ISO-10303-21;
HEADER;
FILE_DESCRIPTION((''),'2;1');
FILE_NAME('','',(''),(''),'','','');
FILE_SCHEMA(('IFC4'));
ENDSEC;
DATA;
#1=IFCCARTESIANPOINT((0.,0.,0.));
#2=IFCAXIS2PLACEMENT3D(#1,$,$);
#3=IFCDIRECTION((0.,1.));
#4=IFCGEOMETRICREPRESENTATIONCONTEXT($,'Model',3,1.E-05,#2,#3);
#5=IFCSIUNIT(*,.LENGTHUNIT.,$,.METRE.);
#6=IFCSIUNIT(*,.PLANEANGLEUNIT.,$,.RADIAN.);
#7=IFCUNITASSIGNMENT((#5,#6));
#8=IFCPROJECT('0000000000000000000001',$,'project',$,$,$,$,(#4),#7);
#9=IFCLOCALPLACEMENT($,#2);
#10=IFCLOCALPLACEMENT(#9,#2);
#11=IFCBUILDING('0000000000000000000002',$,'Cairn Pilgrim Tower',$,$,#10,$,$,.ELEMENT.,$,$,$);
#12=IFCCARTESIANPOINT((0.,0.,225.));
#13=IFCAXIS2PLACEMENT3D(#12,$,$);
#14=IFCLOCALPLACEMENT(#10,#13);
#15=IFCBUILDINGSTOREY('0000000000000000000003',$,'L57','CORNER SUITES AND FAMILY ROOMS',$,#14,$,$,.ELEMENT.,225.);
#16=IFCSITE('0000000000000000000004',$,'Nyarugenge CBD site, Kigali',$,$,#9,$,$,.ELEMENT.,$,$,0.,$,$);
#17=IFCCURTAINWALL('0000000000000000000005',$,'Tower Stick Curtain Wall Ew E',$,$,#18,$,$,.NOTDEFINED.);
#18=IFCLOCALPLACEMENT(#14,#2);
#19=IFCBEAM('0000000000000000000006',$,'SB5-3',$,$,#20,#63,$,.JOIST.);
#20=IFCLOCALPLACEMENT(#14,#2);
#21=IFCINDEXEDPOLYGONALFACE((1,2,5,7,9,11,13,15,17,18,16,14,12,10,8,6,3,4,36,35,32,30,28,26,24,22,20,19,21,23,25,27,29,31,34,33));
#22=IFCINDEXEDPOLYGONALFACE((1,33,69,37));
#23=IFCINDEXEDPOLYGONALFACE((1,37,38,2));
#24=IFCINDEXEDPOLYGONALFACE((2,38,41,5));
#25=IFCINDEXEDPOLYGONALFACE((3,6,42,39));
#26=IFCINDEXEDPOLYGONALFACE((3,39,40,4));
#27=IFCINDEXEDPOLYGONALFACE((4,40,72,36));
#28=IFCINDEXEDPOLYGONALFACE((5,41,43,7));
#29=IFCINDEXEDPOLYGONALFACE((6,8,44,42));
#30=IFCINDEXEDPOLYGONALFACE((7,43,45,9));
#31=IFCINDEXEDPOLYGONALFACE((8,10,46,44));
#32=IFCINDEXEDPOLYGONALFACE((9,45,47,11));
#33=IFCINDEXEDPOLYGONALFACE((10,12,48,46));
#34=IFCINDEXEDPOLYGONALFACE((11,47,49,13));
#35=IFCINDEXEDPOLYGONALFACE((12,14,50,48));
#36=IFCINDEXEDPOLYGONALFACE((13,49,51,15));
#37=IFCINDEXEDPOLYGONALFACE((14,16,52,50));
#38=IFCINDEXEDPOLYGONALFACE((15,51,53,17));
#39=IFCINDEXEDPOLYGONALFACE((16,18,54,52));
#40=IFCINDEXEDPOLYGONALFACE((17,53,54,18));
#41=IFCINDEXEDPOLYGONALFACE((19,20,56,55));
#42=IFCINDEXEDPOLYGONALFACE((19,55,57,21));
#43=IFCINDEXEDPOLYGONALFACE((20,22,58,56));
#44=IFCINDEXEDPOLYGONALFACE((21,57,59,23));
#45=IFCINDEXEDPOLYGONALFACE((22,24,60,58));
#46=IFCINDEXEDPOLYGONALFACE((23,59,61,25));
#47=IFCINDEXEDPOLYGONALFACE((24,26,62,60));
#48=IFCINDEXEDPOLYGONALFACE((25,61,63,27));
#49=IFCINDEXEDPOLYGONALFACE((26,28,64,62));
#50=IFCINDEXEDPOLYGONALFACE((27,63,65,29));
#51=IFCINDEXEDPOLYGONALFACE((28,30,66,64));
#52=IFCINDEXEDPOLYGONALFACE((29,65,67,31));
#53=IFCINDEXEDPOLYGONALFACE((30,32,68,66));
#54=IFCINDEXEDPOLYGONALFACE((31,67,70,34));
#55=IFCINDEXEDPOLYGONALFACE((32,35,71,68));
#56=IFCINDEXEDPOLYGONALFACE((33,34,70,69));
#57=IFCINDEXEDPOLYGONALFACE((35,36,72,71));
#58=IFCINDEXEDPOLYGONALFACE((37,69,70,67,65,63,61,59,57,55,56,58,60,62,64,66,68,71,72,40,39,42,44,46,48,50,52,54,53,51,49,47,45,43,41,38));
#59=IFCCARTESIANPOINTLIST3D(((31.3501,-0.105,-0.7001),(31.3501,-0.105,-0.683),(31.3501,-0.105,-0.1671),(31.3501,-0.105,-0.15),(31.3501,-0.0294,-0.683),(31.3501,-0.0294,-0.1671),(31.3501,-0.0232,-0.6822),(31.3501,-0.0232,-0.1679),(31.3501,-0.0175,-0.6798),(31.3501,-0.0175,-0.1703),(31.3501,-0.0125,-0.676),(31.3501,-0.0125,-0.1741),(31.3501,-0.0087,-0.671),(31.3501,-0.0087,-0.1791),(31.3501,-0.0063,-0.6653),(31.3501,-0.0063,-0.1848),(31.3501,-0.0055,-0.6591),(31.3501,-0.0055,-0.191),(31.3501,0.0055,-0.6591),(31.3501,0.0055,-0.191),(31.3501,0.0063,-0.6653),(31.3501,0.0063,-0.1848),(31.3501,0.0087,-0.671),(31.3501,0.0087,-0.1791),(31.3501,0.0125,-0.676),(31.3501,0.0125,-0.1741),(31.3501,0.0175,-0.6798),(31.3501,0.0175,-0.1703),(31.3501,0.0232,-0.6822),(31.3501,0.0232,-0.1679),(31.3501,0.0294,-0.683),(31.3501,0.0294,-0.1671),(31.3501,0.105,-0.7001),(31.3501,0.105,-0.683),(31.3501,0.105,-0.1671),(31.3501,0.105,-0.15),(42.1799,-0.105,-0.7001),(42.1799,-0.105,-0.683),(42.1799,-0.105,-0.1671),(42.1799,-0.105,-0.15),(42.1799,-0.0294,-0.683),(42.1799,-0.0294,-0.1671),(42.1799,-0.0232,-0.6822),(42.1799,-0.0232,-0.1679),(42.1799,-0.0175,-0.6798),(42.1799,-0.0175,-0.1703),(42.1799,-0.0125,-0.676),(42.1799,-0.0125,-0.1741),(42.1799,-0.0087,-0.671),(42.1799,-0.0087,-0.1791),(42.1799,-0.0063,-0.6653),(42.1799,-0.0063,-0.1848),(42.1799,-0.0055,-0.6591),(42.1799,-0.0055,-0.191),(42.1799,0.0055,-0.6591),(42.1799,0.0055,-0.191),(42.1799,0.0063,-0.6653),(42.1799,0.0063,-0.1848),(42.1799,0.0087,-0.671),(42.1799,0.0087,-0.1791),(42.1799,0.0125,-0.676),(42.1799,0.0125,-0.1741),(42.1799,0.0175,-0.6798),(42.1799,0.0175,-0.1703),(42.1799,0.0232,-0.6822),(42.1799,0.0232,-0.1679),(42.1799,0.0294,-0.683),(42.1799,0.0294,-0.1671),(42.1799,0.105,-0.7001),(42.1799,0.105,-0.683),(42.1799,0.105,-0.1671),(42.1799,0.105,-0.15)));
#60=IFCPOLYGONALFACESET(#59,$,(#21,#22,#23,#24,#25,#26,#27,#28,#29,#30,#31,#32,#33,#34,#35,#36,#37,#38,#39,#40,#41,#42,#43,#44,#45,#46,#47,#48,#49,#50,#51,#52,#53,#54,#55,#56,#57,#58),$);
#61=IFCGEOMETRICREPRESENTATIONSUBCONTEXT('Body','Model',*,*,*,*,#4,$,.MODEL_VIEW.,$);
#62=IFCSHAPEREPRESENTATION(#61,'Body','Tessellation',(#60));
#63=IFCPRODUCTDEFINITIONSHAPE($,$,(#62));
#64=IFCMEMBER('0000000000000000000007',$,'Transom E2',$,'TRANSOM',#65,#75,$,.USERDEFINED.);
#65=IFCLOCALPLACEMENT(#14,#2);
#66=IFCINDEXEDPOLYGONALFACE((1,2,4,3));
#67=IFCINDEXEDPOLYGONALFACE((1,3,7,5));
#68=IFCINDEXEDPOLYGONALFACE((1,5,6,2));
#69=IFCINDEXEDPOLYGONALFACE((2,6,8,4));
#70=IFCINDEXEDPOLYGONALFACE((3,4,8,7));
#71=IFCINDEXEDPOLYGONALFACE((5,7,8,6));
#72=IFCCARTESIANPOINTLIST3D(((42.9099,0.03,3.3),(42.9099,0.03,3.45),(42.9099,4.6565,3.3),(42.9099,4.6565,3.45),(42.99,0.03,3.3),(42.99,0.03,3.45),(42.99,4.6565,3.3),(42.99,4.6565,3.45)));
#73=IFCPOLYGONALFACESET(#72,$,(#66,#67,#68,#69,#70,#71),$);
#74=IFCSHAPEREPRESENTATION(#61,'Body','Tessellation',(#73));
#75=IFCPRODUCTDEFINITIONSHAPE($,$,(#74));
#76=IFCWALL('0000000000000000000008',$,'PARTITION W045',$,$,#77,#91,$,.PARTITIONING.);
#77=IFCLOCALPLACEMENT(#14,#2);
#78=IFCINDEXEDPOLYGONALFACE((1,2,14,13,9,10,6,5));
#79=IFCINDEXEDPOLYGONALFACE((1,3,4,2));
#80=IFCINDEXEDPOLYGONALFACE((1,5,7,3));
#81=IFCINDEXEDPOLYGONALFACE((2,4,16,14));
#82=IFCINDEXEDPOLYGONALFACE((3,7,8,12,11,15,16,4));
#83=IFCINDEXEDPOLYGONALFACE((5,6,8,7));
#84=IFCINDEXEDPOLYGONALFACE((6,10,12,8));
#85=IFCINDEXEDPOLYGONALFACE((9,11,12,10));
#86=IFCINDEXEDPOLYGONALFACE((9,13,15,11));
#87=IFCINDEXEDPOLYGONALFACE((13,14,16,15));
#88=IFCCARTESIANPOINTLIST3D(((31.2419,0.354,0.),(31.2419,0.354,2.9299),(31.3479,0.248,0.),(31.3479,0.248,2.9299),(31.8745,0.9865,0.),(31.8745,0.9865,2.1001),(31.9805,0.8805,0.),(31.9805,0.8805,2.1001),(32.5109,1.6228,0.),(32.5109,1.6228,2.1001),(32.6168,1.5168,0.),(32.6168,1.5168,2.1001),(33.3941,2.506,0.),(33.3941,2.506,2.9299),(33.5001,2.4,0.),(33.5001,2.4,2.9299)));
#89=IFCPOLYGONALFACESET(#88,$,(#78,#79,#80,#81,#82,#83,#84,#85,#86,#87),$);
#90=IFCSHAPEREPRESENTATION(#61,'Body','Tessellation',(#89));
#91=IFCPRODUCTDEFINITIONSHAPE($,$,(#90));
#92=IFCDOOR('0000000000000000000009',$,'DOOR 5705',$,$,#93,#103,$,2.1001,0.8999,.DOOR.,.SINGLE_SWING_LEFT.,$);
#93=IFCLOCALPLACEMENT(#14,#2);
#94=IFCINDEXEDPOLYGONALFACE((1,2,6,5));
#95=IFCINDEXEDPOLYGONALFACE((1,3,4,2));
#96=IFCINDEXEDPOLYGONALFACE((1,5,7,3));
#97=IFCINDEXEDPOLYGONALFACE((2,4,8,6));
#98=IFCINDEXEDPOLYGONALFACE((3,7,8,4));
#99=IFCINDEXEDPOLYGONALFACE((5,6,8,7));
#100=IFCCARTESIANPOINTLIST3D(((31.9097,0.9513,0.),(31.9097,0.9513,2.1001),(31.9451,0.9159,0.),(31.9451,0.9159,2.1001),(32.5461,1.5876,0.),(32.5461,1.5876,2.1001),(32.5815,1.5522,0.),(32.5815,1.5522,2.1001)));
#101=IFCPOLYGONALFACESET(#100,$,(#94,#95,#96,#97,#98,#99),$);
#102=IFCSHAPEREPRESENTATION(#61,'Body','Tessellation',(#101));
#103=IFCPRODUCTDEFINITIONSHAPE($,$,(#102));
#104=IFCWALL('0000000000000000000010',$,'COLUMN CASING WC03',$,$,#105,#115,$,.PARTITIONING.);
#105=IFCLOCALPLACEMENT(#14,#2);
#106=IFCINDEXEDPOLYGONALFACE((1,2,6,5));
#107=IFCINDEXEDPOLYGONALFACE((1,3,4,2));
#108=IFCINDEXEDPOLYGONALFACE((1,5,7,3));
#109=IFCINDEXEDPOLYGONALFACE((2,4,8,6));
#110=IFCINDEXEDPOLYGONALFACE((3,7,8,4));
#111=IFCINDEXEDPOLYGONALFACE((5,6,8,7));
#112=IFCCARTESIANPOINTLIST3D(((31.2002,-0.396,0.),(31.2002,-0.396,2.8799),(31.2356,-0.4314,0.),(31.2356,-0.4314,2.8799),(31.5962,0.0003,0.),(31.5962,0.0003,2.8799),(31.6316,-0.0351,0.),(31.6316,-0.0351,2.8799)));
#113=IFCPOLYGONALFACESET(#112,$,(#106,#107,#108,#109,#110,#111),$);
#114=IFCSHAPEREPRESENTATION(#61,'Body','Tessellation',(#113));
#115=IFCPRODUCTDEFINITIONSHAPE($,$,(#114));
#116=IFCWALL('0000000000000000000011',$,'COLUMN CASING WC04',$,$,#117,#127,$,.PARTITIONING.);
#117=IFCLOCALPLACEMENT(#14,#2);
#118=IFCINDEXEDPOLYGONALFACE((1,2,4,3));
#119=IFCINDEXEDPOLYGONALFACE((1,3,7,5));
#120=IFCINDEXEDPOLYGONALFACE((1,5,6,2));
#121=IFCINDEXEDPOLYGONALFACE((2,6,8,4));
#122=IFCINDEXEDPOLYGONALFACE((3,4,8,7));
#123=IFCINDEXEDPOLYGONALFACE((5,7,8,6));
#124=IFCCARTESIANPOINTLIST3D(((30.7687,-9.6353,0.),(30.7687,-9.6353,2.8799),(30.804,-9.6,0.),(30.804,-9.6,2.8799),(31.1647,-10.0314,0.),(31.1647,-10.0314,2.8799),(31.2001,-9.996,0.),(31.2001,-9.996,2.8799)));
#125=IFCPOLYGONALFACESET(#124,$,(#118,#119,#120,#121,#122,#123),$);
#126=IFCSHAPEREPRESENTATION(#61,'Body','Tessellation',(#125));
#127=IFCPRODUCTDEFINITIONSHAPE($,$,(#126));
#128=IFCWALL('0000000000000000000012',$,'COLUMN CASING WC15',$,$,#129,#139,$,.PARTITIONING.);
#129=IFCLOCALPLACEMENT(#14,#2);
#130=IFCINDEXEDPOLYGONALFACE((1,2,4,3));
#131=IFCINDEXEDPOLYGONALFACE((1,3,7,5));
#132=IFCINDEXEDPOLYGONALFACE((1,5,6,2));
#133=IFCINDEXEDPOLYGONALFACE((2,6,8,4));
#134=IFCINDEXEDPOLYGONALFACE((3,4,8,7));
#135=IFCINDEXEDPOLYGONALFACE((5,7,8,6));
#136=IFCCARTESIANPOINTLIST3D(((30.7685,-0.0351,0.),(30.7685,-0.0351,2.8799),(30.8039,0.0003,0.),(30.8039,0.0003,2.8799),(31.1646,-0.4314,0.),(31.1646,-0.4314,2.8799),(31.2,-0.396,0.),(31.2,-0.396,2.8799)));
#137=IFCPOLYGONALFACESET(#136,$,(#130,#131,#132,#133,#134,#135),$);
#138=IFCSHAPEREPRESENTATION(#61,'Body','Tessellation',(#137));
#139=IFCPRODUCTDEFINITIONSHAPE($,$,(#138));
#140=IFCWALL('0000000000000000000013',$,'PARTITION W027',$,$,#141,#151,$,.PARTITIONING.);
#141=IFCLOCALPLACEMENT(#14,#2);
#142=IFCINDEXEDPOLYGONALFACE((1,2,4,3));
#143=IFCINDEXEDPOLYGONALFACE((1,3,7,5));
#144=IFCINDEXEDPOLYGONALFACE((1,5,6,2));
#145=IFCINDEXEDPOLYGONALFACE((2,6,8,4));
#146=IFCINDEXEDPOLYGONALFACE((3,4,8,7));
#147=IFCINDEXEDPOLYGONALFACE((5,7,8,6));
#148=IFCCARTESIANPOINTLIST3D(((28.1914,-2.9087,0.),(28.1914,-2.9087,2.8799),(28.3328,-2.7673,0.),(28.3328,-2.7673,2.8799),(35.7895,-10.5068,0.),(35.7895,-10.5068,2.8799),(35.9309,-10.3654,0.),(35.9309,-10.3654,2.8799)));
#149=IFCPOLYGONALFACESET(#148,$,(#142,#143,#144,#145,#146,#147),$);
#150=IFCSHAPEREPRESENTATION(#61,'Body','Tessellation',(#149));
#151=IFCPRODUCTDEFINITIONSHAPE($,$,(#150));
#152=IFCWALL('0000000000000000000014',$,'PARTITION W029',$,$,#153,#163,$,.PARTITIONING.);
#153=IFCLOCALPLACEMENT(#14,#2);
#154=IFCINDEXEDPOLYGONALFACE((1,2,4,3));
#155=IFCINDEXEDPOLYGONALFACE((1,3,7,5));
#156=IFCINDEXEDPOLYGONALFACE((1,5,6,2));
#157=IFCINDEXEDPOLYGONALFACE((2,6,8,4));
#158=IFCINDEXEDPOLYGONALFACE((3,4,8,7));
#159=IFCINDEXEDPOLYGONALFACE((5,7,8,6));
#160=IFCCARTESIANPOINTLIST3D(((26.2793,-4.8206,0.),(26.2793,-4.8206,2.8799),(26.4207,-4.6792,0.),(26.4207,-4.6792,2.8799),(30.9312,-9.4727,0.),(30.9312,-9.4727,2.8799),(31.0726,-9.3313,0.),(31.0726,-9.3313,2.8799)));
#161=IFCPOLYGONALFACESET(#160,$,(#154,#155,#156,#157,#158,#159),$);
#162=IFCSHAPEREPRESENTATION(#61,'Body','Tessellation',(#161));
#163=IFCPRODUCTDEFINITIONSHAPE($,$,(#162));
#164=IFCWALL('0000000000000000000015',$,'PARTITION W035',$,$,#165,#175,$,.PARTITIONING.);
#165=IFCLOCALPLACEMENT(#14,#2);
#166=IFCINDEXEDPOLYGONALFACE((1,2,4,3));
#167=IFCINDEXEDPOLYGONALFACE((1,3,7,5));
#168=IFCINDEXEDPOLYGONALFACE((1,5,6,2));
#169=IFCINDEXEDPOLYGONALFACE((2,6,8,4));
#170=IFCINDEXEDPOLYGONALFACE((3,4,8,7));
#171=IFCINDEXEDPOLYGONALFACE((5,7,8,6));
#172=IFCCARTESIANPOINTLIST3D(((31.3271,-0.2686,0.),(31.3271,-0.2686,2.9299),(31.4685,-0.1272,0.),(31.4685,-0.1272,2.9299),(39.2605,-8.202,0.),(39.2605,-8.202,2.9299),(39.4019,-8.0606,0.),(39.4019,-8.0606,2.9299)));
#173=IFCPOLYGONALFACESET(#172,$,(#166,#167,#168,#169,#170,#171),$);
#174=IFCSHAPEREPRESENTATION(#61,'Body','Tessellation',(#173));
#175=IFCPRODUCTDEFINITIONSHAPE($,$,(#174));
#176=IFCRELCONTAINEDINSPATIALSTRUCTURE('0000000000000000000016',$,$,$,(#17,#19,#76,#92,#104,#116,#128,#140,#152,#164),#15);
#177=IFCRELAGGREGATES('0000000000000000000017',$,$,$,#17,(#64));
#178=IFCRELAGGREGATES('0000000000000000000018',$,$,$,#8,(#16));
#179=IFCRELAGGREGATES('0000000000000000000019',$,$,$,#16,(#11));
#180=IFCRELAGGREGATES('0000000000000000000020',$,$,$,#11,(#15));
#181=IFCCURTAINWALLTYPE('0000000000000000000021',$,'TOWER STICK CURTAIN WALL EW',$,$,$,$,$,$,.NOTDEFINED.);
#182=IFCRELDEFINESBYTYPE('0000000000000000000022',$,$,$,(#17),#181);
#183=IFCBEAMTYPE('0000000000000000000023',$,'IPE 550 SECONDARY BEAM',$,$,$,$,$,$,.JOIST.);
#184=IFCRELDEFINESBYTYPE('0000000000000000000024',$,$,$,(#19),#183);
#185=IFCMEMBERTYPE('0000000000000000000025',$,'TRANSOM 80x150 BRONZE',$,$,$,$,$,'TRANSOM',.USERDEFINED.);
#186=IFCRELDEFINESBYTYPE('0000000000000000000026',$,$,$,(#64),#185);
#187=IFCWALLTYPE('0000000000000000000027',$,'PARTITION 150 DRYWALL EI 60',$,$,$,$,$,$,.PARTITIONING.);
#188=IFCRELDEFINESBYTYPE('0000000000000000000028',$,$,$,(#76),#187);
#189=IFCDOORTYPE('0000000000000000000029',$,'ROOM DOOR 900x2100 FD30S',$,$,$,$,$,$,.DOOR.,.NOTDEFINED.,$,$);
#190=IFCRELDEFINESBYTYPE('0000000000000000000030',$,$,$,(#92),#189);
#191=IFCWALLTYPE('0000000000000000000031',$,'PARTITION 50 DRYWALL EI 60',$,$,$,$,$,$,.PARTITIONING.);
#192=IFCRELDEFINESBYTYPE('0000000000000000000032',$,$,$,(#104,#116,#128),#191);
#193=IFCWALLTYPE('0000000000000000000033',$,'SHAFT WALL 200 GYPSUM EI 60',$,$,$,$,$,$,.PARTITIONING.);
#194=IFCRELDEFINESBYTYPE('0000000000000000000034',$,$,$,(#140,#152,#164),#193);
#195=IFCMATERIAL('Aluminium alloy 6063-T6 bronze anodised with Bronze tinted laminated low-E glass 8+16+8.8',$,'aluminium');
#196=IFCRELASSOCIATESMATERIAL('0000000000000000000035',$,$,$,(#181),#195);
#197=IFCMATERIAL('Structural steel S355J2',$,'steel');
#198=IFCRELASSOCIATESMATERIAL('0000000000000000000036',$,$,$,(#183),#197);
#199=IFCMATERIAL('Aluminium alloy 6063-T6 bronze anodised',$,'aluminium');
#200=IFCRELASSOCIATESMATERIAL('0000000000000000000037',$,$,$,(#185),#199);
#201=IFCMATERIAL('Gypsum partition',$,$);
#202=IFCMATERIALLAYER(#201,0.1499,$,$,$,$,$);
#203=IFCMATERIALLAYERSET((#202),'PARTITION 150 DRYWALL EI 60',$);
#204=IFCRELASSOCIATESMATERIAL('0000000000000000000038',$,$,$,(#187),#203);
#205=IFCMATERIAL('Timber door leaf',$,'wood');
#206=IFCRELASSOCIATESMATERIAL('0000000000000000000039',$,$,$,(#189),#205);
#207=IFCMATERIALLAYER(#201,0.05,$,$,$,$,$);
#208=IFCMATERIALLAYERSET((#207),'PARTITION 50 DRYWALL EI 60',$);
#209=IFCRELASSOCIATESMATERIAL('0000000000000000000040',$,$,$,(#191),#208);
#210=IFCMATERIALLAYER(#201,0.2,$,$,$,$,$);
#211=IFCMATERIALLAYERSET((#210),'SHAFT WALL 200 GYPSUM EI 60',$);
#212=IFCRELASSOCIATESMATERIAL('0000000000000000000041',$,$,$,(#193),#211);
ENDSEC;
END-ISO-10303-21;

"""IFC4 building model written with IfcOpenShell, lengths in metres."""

from ifc_helpers import new_model, si_unit, direction, frame, frame_2d, origin, origin_2d, place, context, subcontext, project, spatial, rectangle, i_section, extrude, material, layer, layer_set, material_profile, profile_set, type_object, element, fill, aggregate, save


model = new_model("IFC4")

# Units and contexts
model_context = context("Model", 3, precision=1e-05, world=origin(), true_north=direction((0.0, 1.0)))
body_context = subcontext(model_context, "Body", "Model", "MODEL_VIEW")
ifc_project = project(units=[si_unit("LENGTHUNIT", "METRE"), si_unit("PLANEANGLEUNIT", "RADIAN")], contexts=[model_context])

# Site, building, storey
site_placement = place(None, origin())
site = spatial("IfcSite", under=ifc_project, at=site_placement, Name="Nyarugenge CBD site, Kigali", CompositionType="ELEMENT", RefElevation=0.0)
building_placement = place(site_placement, origin())
building = spatial("IfcBuilding", under=site, at=building_placement, Name="Cairn Pilgrim Tower", CompositionType="ELEMENT")
storey_placement = place(building_placement, frame((0.0, 0.0, 225.0)))
storey = spatial("IfcBuildingStorey", under=building, at=storey_placement, Name="L57", Description="CORNER SUITES AND FAMILY ROOMS", CompositionType="ELEMENT", Elevation=225.0)

# Shared definitions
ifc_material_1 = material(Name="Structural steel S355J2", Category="steel")

# Shared definitions
ifc_material_2 = material(Name="Aluminium alloy 6063-T6 bronze anodised with Bronze tinted laminated low-E glass 8+16+8.8", Category="aluminium")
ifc_material_3 = material(Name="Aluminium alloy 6063-T6 bronze anodised", Category="aluminium")

# Curtain wall
curtain_wall_type_1 = type_object("IfcCurtainWallType", Name="TOWER STICK CURTAIN WALL EW", PredefinedType="NOTDEFINED", material=ifc_material_2)
curtain_wall_1_placement = place(storey_placement, origin())
curtain_wall_1 = element("IfcCurtainWall", 1, at=curtain_wall_1_placement, inside=storey, type_object=curtain_wall_type_1, Name="Tower Stick Curtain Wall Ew E", PredefinedType="NOTDEFINED")

# Beam
ifc_material_profile_1 = material_profile(ifc_material_1, i_section(OverallWidth=0.21, OverallDepth=0.55, WebThickness=0.011, FlangeThickness=0.0171, FilletRadius=0.0239, at=origin_2d()), Name="IPE 550")
ifc_profile_set_1 = profile_set([ifc_material_profile_1], Name="Structural steel S355J2")
beam_type_1 = type_object("IfcBeamType", Name="IPE 550 SECONDARY BEAM", PredefinedType="JOIST", material=ifc_profile_set_1)
beam_1_placement = place(storey_placement, frame((31.3501, 0.0, -0.425), z_axis=(1.0, 0.0, 0.0), x_axis=(0.0, 1.0, 0.0)))
element("IfcBeam", 2, at=beam_1_placement, inside=storey, type_object=beam_type_1, Name="SB5-3", PredefinedType="JOIST", context=body_context, shape_type="SweptSolid", body=[
    extrude(i_section(OverallWidth=0.21, OverallDepth=0.55, WebThickness=0.011, FlangeThickness=0.0171, FilletRadius=0.0239, at=origin_2d()), origin(), (0.0, 0.0, 1.0), 10.8298),
])

# Member
ifc_material_profile_2 = material_profile(ifc_material_3, rectangle(XDim=0.0801, YDim=0.1499, at=origin_2d()), Name="TRANSOM 80x150 BRONZE")
ifc_profile_set_2 = profile_set([ifc_material_profile_2], Name="Aluminium alloy 6063-T6 bronze anodised")
member_type_1 = type_object("IfcMemberType", Name="TRANSOM 80x150 BRONZE", ElementType="TRANSOM", PredefinedType="USERDEFINED", material=ifc_profile_set_2)
member_1_placement = place(storey_placement, frame((42.95, 0.03, 3.375), z_axis=(0.0, 1.0, 0.0), x_axis=(-1.0, 0.0, 0.0)))
member_1 = element("IfcMember", 3, at=member_1_placement, type_object=member_type_1, Name="Transom E2", ObjectType="TRANSOM", PredefinedType="USERDEFINED", context=body_context, shape_type="SweptSolid", body=[
    extrude(rectangle(XDim=0.0801, YDim=0.1499, at=origin_2d()), origin(), (0.0, 0.0, 1.0), 4.6265),
])
aggregate(curtain_wall_1, [member_1])

# Wall, opening, door
ifc_material_4 = material(Name="Gypsum partition")
ifc_layer_1 = layer(ifc_material_4, 0.1499)
ifc_layer_set_1 = layer_set([ifc_layer_1], Name="PARTITION 150 DRYWALL EI 60")
wall_type_1 = type_object("IfcWallType", Name="PARTITION 150 DRYWALL EI 60", PredefinedType="PARTITIONING", material=ifc_layer_set_1)
wall_1_placement = place(storey_placement, frame((31.2949, 0.301, 0.0), z_axis=(0.0, 0.0, 1.0), x_axis=(0.707147, 0.707067, 0.0)))
wall_1 = element("IfcWall", 4, at=wall_1_placement, inside=storey, type_object=wall_type_1, Name="PARTITION W045", PredefinedType="PARTITIONING", context=body_context, shape_type="SweptSolid", body=[
    extrude(rectangle(XDim=3.0435, YDim=0.1499, at=frame_2d((1.5217, 0.0))), origin(), (0.0, 0.0, 1.0), 2.9299),
])
opening_1_placement = place(wall_1_placement, frame((0.8945, 0.0, 0.0)))
opening_1 = element("IfcOpeningElement", 5, at=opening_1_placement, cuts=wall_1, PredefinedType="OPENING", context=body_context, shape_type="SweptSolid", body=[
    extrude(rectangle(XDim=0.8999, YDim=2.1001, at=frame_2d((0.45, 1.05))), frame((0.0, 0.085, 0.0), z_axis=(0.0, -1.0, 0.0), x_axis=(1.0, 0.0, 0.0)), (0.0, 0.0, 1.0), 0.1699),
])
ifc_material_5 = material(Name="Timber door leaf", Category="wood")
door_type_1 = type_object("IfcDoorType", Name="ROOM DOOR 900x2100 FD30S", OperationType="NOTDEFINED", PredefinedType="DOOR", material=ifc_material_5)
door_1_placement = place(opening_1_placement, frame((0.8999, 0.0, 0.0), z_axis=(0.0, 0.0, 1.0), x_axis=(-1.0, 0.0, 0.0)))
door_1 = element("IfcDoor", 6, at=door_1_placement, inside=storey, type_object=door_type_1, Name="DOOR 5705", OperationType="SINGLE_SWING_LEFT", OverallHeight=2.1001, OverallWidth=0.8999, PredefinedType="DOOR", context=body_context, shape_type="SweptSolid", body=[
    extrude(rectangle(XDim=0.8999, YDim=2.1001, at=frame_2d((0.45, 1.05))), frame((0.0, 0.0249, 0.0), z_axis=(0.0, -1.0, 0.0), x_axis=(1.0, 0.0, 0.0)), (0.0, 0.0, 1.0), 0.05),
])
fill(opening_1, door_1)

# Walls
ifc_layer_2 = layer(ifc_material_4, 0.05)
ifc_layer_set_2 = layer_set([ifc_layer_2], Name="PARTITION 50 DRYWALL EI 60")
wall_type_2 = type_object("IfcWallType", Name="PARTITION 50 DRYWALL EI 60", PredefinedType="PARTITIONING", material=ifc_layer_set_2)
wall_2_placement = place(storey_placement, frame((31.2178, -0.4138, 0.0), z_axis=(0.0, 0.0, 1.0), x_axis=(0.706889, 0.707325, 0.0)))
element("IfcWall", 7, at=wall_2_placement, inside=storey, type_object=wall_type_2, Name="COLUMN CASING WC03", PredefinedType="PARTITIONING", context=body_context, shape_type="SweptSolid", body=[
    extrude(rectangle(XDim=0.5603, YDim=0.05, at=frame_2d((0.2803, 0.0))), origin(), (0.0, 0.0, 1.0), 2.8799),
])
wall_3_placement = place(storey_placement, frame((31.1824, -10.0137, 0.0), z_axis=(0.0, 0.0, 1.0), x_axis=(-0.707107, 0.707107, 0.0)))
element("IfcWall", 8, at=wall_3_placement, inside=storey, type_object=wall_type_2, Name="COLUMN CASING WC04", PredefinedType="PARTITIONING", context=body_context, shape_type="SweptSolid", body=[
    extrude(rectangle(XDim=0.5601, YDim=0.05, at=frame_2d((0.28, 0.0))), origin(), (0.0, 0.0, 1.0), 2.8799),
])
wall_4_placement = place(storey_placement, frame((31.1824, -0.4138, 0.0), z_axis=(0.0, 0.0, 1.0), x_axis=(-0.706889, 0.707325, 0.0)))
element("IfcWall", 9, at=wall_4_placement, inside=storey, type_object=wall_type_2, Name="COLUMN CASING WC15", PredefinedType="PARTITIONING", context=body_context, shape_type="SweptSolid", body=[
    extrude(rectangle(XDim=0.5603, YDim=0.05, at=frame_2d((0.2803, 0.0))), origin(), (0.0, 0.0, 1.0), 2.8799),
])
ifc_layer_3 = layer(ifc_material_4, 0.2)
ifc_layer_set_3 = layer_set([ifc_layer_3], Name="SHAFT WALL 200 GYPSUM EI 60")
wall_type_3 = type_object("IfcWallType", Name="SHAFT WALL 200 GYPSUM EI 60", PredefinedType="PARTITIONING", material=ifc_layer_set_3)
wall_5_placement = place(storey_placement, frame((35.8601, -10.436, 0.0), z_axis=(0.0, 0.0, 1.0), x_axis=(-0.707107, 0.707107, 0.0)))
element("IfcWall", 10, at=wall_5_placement, inside=storey, type_object=wall_type_3, Name="PARTITION W027", PredefinedType="PARTITIONING", context=body_context, shape_type="SweptSolid", body=[
    extrude(rectangle(XDim=10.7454, YDim=0.2, at=frame_2d((5.3726, 0.0))), origin(), (0.0, 0.0, 1.0), 2.8799),
])
wall_6_placement = place(storey_placement, frame((31.002, -9.4021, 0.0), z_axis=(0.0, 0.0, 1.0), x_axis=(-0.707088, 0.707125, 0.0)))
element("IfcWall", 11, at=wall_6_placement, inside=storey, type_object=wall_type_3, Name="PARTITION W029", PredefinedType="PARTITIONING", context=body_context, shape_type="SweptSolid", body=[
    extrude(rectangle(XDim=6.5789, YDim=0.2, at=frame_2d((3.2896, 0.0))), origin(), (0.0, 0.0, 1.0), 2.8799),
])
wall_7_placement = place(storey_placement, frame((39.3313, -8.1313, 0.0), z_axis=(0.0, 0.0, 1.0), x_axis=(-0.707107, 0.707107, 0.0)))
element("IfcWall", 12, at=wall_7_placement, inside=storey, type_object=wall_type_3, Name="PARTITION W035", PredefinedType="PARTITIONING", context=body_context, shape_type="SweptSolid", body=[
    extrude(rectangle(XDim=11.2195, YDim=0.2, at=frame_2d((5.6099, 0.0))), origin(), (0.0, 0.0, 1.0), 2.9299),
])

save(model, "model.ifc")
